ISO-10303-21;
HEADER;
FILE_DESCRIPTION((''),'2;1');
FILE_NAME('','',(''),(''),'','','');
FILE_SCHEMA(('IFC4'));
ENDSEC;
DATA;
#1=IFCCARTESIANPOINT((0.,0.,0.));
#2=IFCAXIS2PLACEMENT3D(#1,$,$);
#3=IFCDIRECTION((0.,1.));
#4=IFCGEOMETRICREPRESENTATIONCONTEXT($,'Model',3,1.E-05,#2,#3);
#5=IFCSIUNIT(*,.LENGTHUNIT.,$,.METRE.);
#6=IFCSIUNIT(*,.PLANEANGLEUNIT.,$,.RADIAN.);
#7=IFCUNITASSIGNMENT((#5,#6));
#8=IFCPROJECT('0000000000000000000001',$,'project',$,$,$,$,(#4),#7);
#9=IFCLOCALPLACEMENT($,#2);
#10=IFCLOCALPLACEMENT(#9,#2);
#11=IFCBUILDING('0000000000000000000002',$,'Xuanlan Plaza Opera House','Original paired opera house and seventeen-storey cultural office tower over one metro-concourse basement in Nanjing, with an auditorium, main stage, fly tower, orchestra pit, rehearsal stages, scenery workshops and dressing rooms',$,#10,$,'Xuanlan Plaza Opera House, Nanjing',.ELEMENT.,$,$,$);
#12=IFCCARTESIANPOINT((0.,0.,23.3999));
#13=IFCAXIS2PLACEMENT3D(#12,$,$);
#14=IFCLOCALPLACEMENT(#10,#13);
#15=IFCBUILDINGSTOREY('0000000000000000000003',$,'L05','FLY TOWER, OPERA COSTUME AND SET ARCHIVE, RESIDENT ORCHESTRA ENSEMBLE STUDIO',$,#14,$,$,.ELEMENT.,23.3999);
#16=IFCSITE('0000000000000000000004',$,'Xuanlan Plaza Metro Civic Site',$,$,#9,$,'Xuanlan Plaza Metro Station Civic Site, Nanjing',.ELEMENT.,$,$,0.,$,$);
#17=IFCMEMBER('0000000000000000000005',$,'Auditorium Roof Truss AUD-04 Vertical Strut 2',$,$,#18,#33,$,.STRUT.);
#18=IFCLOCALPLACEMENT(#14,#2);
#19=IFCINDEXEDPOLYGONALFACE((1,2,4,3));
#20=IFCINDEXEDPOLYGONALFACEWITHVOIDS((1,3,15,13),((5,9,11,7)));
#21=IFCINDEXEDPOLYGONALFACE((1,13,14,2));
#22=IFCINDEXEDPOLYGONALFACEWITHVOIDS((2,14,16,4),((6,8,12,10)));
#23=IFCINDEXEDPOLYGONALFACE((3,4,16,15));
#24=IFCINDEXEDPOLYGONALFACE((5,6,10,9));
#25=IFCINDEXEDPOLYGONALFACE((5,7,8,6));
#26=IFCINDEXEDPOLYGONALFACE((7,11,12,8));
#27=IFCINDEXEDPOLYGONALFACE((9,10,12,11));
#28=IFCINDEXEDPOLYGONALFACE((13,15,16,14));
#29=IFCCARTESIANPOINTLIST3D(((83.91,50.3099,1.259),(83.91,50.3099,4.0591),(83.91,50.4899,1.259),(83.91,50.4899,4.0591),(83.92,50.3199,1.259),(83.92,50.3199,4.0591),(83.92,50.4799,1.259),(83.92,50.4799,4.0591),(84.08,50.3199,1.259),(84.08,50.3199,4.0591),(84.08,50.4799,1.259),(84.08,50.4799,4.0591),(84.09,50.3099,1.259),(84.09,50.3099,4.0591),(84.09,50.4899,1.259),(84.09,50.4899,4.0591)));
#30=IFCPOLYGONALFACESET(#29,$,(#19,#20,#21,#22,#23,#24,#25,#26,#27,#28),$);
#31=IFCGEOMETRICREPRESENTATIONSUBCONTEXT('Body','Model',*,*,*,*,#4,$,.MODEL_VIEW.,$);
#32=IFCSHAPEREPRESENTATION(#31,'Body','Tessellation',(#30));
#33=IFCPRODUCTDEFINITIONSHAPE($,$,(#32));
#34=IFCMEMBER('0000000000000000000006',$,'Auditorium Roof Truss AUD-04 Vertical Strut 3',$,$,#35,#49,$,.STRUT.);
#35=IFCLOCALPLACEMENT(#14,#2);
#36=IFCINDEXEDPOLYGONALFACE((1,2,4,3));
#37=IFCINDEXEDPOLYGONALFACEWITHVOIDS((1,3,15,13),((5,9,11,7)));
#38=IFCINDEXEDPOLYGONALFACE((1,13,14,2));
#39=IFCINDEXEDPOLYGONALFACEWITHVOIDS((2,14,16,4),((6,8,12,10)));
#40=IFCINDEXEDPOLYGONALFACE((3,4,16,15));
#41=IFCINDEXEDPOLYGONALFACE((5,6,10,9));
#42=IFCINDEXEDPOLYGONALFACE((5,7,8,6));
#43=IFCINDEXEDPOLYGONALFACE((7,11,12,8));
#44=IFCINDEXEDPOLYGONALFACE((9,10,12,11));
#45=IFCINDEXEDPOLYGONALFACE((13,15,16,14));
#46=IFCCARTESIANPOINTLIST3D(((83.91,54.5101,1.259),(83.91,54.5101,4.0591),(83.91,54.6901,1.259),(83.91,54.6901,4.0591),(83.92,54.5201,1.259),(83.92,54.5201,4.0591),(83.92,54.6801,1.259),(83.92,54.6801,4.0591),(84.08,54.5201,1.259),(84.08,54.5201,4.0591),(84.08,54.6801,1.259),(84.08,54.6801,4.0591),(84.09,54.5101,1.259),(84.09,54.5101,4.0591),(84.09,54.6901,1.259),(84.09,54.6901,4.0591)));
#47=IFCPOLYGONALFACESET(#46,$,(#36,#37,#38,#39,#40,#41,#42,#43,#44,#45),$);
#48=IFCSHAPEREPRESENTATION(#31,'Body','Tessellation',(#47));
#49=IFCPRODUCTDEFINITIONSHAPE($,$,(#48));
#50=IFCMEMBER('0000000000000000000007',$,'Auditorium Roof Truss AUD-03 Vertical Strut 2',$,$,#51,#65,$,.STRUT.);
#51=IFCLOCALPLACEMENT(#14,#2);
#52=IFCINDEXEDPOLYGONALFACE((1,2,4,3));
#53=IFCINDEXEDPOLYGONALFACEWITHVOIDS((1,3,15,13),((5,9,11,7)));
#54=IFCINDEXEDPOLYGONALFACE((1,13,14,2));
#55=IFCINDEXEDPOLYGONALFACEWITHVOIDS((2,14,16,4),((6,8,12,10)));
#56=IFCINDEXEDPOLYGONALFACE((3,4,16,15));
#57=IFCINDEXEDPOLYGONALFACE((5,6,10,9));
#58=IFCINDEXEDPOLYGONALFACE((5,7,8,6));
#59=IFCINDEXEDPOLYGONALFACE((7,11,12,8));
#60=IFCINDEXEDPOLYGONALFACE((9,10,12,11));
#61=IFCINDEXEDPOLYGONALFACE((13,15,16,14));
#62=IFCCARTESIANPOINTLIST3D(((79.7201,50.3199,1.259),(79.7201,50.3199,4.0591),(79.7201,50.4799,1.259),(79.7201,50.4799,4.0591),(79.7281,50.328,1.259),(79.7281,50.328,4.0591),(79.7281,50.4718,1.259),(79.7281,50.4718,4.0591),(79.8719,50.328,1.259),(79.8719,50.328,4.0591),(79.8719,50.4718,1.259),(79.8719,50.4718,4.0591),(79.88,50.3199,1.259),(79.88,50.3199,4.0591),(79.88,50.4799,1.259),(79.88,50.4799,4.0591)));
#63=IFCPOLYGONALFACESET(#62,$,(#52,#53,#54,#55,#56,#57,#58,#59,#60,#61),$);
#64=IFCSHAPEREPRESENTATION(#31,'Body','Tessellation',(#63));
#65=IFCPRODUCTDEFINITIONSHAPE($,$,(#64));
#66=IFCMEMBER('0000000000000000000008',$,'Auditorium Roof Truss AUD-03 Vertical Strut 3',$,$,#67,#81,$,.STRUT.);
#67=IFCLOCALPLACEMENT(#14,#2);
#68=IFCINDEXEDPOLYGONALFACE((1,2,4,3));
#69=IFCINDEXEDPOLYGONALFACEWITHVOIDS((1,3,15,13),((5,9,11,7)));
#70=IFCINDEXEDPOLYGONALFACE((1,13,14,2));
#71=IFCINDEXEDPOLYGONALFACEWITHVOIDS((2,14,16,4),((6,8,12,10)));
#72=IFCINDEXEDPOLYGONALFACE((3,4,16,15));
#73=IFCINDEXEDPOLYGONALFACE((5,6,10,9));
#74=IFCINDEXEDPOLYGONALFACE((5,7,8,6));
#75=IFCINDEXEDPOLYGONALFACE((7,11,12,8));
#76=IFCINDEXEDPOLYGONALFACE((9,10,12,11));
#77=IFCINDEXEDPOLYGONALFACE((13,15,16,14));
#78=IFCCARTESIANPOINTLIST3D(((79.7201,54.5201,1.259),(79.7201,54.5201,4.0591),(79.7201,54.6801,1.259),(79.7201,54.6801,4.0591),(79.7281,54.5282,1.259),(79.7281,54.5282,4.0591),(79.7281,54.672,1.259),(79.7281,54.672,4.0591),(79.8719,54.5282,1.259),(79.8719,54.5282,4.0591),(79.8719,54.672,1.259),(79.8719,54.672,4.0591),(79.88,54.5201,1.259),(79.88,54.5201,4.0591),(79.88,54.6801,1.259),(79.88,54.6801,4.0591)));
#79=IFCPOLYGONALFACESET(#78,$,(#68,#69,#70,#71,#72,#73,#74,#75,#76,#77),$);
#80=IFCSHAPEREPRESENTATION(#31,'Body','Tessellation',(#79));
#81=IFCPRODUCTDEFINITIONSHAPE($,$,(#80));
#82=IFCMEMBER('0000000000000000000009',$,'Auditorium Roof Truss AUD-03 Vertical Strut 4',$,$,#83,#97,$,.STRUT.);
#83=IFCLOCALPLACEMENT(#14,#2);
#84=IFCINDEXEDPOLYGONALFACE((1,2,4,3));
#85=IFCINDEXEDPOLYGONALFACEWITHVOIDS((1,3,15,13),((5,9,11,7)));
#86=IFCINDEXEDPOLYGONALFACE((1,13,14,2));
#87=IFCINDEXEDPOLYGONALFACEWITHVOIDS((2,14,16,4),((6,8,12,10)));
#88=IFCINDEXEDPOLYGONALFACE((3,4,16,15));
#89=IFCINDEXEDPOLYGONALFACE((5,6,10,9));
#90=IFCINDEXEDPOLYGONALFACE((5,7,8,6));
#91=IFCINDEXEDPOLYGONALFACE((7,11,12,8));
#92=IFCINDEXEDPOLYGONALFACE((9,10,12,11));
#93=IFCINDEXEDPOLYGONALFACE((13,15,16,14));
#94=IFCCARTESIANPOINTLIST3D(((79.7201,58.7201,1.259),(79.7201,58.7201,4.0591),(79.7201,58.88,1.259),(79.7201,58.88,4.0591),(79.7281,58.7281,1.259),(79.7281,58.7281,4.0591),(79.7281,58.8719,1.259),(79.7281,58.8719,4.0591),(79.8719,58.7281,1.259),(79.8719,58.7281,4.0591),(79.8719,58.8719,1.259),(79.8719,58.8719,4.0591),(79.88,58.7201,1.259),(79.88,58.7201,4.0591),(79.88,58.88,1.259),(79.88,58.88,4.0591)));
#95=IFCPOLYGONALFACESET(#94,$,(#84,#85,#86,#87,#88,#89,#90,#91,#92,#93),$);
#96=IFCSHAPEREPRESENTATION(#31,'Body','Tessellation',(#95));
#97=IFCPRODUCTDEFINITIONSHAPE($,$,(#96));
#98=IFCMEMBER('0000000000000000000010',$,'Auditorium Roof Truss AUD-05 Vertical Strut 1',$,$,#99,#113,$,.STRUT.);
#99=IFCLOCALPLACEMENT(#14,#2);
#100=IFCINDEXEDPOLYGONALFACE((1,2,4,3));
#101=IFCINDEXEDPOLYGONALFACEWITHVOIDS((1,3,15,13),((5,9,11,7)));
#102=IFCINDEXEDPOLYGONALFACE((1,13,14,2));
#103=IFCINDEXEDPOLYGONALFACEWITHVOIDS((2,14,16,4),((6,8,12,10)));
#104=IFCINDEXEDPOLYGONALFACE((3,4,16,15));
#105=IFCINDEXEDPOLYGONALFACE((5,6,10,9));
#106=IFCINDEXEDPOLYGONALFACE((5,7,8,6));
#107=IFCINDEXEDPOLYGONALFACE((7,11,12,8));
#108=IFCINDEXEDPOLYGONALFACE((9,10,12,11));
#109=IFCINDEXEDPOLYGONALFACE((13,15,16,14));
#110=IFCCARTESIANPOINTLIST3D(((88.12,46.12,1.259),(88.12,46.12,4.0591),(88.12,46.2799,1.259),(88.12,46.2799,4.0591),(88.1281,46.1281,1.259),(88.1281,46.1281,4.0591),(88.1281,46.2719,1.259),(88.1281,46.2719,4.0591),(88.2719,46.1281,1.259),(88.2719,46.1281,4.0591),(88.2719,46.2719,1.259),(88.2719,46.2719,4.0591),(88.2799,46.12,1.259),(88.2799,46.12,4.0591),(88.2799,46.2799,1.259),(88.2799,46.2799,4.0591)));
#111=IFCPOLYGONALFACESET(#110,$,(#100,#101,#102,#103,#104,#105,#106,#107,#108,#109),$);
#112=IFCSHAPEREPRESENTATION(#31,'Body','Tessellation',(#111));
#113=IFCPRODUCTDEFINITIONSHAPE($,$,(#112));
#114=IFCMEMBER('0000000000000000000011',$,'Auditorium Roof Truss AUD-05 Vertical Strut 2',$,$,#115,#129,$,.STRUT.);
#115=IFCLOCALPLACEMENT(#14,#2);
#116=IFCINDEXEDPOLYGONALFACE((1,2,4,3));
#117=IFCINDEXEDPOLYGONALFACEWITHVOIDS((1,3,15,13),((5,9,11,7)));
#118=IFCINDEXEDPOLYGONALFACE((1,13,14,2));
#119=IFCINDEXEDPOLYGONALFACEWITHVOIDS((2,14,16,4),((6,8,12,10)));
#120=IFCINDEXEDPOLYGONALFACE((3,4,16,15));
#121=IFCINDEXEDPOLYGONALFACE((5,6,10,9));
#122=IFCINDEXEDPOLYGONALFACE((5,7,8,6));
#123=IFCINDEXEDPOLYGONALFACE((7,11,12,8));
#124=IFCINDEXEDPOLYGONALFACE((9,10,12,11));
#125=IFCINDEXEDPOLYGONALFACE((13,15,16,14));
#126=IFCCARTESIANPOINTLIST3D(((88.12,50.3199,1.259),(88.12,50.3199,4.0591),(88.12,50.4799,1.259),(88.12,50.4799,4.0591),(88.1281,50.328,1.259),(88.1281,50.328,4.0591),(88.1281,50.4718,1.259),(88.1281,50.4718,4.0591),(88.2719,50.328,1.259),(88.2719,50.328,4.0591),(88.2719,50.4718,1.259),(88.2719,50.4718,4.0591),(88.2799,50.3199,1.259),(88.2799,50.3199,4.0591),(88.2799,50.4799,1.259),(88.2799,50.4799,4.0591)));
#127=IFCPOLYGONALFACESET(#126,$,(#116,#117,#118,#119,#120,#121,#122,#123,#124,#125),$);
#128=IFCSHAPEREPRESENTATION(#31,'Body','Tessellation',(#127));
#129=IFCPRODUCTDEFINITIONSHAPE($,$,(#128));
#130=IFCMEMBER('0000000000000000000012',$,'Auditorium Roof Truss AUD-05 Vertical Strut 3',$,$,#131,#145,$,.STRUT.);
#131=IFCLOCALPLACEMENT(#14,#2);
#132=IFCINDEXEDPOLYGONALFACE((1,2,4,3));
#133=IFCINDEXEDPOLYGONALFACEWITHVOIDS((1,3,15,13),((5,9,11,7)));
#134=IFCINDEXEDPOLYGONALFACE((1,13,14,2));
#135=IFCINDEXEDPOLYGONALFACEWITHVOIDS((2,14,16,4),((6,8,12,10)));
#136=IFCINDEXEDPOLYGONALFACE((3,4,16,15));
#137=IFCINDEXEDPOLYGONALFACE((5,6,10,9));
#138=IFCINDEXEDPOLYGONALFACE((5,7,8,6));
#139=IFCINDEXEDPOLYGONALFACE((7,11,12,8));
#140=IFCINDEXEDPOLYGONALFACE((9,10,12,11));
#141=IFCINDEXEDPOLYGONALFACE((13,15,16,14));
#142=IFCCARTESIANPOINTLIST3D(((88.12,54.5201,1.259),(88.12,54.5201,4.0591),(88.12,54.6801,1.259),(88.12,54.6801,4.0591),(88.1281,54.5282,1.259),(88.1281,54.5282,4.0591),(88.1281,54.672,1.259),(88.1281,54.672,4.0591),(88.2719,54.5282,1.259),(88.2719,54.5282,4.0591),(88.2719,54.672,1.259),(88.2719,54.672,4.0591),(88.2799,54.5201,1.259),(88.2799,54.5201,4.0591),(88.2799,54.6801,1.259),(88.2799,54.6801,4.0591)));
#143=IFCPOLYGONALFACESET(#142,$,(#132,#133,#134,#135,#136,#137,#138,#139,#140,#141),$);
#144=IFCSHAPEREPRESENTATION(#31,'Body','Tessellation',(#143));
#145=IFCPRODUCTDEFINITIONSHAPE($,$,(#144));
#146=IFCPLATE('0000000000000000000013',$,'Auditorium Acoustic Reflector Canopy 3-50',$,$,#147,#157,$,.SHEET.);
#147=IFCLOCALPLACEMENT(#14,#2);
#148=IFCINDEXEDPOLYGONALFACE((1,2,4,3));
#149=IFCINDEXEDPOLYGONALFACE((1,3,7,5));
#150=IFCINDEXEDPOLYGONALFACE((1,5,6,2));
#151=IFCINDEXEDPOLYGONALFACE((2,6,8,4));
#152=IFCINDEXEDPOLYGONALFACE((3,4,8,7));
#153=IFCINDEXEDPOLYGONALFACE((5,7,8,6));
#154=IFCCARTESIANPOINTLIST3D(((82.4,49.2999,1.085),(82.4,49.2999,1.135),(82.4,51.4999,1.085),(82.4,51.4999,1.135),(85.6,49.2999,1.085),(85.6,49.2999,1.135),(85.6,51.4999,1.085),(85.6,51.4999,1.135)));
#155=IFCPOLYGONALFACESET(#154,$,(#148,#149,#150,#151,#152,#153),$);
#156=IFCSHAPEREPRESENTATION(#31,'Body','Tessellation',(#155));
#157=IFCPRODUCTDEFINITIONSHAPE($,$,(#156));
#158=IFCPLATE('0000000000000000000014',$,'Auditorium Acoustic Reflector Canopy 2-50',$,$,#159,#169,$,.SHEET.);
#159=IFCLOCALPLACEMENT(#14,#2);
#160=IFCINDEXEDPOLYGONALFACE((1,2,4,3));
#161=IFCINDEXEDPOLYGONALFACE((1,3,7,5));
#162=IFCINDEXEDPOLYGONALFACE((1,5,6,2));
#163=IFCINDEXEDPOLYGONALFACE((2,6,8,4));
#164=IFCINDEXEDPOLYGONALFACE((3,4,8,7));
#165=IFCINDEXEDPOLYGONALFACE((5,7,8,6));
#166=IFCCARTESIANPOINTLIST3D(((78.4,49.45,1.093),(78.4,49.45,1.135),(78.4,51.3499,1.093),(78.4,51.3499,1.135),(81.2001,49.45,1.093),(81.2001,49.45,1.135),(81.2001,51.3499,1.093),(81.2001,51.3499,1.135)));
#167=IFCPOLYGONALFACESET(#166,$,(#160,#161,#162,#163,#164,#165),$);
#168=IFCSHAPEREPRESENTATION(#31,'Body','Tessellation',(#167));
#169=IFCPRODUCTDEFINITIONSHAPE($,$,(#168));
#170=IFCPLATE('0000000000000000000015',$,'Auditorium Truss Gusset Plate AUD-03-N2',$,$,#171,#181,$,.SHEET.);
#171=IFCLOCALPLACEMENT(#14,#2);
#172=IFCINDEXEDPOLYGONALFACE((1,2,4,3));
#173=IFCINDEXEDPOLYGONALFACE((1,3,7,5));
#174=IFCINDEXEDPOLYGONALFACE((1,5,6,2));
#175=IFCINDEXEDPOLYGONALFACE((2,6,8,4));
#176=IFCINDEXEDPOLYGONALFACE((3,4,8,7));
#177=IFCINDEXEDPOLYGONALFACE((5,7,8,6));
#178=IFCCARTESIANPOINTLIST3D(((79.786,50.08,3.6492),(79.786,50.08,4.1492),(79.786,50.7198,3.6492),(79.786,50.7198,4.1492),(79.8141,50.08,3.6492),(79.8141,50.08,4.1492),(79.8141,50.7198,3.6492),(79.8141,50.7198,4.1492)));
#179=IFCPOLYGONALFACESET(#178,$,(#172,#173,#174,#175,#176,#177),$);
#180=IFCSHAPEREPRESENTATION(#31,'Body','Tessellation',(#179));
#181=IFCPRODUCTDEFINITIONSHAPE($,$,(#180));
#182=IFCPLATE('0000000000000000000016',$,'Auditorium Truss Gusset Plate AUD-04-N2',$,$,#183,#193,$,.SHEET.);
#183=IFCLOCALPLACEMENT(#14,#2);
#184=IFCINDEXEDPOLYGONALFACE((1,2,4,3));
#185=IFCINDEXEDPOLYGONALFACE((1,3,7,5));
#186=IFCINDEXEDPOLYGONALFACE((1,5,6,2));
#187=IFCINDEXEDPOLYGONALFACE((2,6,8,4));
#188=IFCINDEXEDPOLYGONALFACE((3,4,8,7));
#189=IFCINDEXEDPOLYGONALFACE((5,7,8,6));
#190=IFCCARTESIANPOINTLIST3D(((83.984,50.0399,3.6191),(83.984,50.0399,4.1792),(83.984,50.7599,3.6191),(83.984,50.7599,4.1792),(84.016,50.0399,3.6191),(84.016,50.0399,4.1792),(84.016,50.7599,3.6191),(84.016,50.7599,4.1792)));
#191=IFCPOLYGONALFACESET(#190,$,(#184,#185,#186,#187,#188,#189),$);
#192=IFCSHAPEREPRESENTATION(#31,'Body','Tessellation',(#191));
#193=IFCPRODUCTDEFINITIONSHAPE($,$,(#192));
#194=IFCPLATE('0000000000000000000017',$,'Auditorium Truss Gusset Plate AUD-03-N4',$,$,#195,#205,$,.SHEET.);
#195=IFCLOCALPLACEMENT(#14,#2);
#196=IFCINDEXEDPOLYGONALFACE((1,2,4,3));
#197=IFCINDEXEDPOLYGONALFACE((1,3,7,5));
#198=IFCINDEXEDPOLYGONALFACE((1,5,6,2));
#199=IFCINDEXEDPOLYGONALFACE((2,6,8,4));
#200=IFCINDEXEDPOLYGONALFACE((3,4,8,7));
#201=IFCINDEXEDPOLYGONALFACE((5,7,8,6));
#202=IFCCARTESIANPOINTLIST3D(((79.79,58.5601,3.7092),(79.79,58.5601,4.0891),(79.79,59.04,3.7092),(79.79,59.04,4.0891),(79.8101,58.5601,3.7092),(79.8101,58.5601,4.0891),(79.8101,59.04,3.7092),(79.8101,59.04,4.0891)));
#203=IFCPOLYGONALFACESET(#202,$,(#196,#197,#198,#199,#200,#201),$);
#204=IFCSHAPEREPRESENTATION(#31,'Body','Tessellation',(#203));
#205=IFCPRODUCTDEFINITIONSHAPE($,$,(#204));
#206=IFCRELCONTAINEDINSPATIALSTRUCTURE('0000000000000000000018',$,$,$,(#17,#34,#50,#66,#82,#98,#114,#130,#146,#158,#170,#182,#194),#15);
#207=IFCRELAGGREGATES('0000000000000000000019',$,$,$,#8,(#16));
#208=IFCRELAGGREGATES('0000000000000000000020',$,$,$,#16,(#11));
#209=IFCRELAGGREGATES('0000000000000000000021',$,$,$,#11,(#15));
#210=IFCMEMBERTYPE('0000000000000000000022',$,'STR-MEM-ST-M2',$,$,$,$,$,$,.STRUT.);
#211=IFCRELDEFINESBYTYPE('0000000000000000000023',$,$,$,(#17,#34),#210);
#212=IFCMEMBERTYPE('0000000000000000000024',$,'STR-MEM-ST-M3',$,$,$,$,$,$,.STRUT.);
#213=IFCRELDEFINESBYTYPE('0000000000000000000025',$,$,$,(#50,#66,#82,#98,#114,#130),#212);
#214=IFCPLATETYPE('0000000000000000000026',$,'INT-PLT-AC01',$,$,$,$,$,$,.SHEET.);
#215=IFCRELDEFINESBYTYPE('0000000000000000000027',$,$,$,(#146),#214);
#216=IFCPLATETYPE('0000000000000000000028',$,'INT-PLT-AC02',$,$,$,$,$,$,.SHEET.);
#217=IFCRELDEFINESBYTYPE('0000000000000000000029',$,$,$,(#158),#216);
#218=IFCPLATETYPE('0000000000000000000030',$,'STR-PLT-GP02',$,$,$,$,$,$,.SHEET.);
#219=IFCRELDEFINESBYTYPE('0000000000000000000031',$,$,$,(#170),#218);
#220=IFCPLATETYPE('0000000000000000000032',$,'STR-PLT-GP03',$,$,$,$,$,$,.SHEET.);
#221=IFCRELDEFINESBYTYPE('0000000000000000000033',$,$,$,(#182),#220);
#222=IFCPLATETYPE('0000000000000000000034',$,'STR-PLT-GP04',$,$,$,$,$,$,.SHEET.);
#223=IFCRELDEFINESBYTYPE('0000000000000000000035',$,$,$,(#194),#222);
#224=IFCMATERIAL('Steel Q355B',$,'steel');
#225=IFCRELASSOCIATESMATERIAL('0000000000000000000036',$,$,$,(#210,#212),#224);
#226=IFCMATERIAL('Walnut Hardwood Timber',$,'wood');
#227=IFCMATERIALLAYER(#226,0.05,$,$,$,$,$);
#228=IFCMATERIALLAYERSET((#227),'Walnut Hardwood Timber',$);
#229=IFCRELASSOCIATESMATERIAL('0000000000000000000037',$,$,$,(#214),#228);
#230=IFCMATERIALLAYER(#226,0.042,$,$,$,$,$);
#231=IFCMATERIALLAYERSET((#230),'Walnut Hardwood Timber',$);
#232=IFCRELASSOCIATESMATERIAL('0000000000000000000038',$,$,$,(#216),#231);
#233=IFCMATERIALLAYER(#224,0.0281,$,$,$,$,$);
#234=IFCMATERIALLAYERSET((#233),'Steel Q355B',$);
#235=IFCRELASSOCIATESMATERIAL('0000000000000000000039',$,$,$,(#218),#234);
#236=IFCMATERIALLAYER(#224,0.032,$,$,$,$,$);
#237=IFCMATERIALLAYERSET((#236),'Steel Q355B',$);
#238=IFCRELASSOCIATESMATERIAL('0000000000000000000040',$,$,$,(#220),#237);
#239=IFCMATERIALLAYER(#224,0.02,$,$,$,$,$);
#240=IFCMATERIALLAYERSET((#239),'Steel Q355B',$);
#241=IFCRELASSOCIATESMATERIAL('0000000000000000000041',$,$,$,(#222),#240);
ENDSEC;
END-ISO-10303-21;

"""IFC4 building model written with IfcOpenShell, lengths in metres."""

from ifc_helpers import new_model, si_unit, direction, frame, origin, origin_2d, place, context, subcontext, project, spatial, rectangle, hollow_rectangle, extrude, material, layer, layer_set, material_profile, profile_set, type_object, element, save


model = new_model("IFC4")

# Units and contexts
model_context = context("Model", 3, precision=1e-05, world=origin(), true_north=direction((0.0, 1.0)))
body_context = subcontext(model_context, "Body", "Model", "MODEL_VIEW")
ifc_project = project(units=[si_unit("LENGTHUNIT", "METRE"), si_unit("PLANEANGLEUNIT", "RADIAN")], contexts=[model_context])

# Site, building, storey
site_placement = place(None, origin())
site = spatial("IfcSite", under=ifc_project, at=site_placement, Name="Xuanlan Plaza Metro Civic Site", LongName="Xuanlan Plaza Metro Station Civic Site, Nanjing", CompositionType="ELEMENT", RefElevation=0.0)
building_placement = place(site_placement, origin())
building = spatial("IfcBuilding", under=site, at=building_placement, Name="Xuanlan Plaza Opera House", Description="Original paired opera house and seventeen-storey cultural office tower over one metro-concourse basement in Nanjing, with an auditorium, main stage, fly tower, orchestra pit, rehearsal stages, scenery workshops and dressing rooms", LongName="Xuanlan Plaza Opera House, Nanjing", CompositionType="ELEMENT")
storey_placement = place(building_placement, frame((0.0, 0.0, 23.3999)))
storey = spatial("IfcBuildingStorey", under=building, at=storey_placement, Name="L05", Description="FLY TOWER, OPERA COSTUME AND SET ARCHIVE, RESIDENT ORCHESTRA ENSEMBLE STUDIO", CompositionType="ELEMENT", Elevation=23.3999)

# Shared definitions
ifc_material_1 = material(Name="Steel Q355B", Category="steel")

# Members
ifc_material_profile_1 = material_profile(ifc_material_1, hollow_rectangle(XDim=0.1799, YDim=0.1799, WallThickness=0.01, at=origin_2d()), Name="SHS 180x180x10")
ifc_profile_set_1 = profile_set([ifc_material_profile_1], Name="Steel Q355B")
member_type_1 = type_object("IfcMemberType", Name="STR-MEM-ST-M2", PredefinedType="STRUT", material=ifc_profile_set_1)
for number, where, z_axis, x_axis, name in (
    (1, (84.0, 50.3999, 1.259), (0.0, 0.0, 1.0), (1.0, 0.0, 0.0), "Auditorium Roof Truss AUD-04 Vertical Strut 2"),
    (2, (84.0, 54.6001, 1.259), (0.0, 0.0, 1.0), (1.0, 0.0, 0.0), "Auditorium Roof Truss AUD-04 Vertical Strut 3"),
):
    element("IfcMember", number, at=place(storey_placement, frame(where, z_axis=z_axis, x_axis=x_axis)), inside=storey, type_object=member_type_1, Name=name, PredefinedType="STRUT", context=body_context, shape_type="SweptSolid", body=[
        extrude(hollow_rectangle(XDim=0.1799, YDim=0.1799, WallThickness=0.01, at=origin_2d()), origin(), (0.0, 0.0, 1.0), 2.8),
    ])
ifc_material_profile_2 = material_profile(ifc_material_1, hollow_rectangle(XDim=0.1599, YDim=0.1599, WallThickness=0.0081, at=origin_2d()), Name="SHS 160x160x8")
ifc_profile_set_2 = profile_set([ifc_material_profile_2], Name="Steel Q355B")
member_type_2 = type_object("IfcMemberType", Name="STR-MEM-ST-M3", PredefinedType="STRUT", material=ifc_profile_set_2)
for number, where, z_axis, x_axis, name in (
    (3, (79.8, 50.3999, 1.259), (0.0, 0.0, 1.0), (1.0, 0.0, 0.0), "Auditorium Roof Truss AUD-03 Vertical Strut 2"),
    (4, (79.8, 54.6001, 1.259), (0.0, 0.0, 1.0), (1.0, 0.0, 0.0), "Auditorium Roof Truss AUD-03 Vertical Strut 3"),
    (5, (79.8, 58.8, 1.259), (0.0, 0.0, 1.0), (1.0, 0.0, 0.0), "Auditorium Roof Truss AUD-03 Vertical Strut 4"),
    (6, (88.2, 46.2, 1.259), (0.0, 0.0, 1.0), (1.0, 0.0, 0.0), "Auditorium Roof Truss AUD-05 Vertical Strut 1"),
    (7, (88.2, 50.3999, 1.259), (0.0, 0.0, 1.0), (1.0, 0.0, 0.0), "Auditorium Roof Truss AUD-05 Vertical Strut 2"),
    (8, (88.2, 54.6001, 1.259), (0.0, 0.0, 1.0), (1.0, 0.0, 0.0), "Auditorium Roof Truss AUD-05 Vertical Strut 3"),
):
    element("IfcMember", number, at=place(storey_placement, frame(where, z_axis=z_axis, x_axis=x_axis)), inside=storey, type_object=member_type_2, Name=name, PredefinedType="STRUT", context=body_context, shape_type="SweptSolid", body=[
        extrude(hollow_rectangle(XDim=0.1599, YDim=0.1599, WallThickness=0.0081, at=origin_2d()), origin(), (0.0, 0.0, 1.0), 2.8),
    ])

# Plates
ifc_material_2 = material(Name="Walnut Hardwood Timber", Category="wood")
ifc_layer_1 = layer(ifc_material_2, 0.05)
ifc_layer_set_1 = layer_set([ifc_layer_1], Name="Walnut Hardwood Timber")
plate_type_1 = type_object("IfcPlateType", Name="INT-PLT-AC01", PredefinedType="SHEET", material=ifc_layer_set_1)
plate_1_placement = place(storey_placement, frame((84.0, 50.3999, 1.085), z_axis=(0.0, 0.0, 1.0), x_axis=(1.0, 0.0, 0.0)))
element("IfcPlate", 9, at=plate_1_placement, inside=storey, type_object=plate_type_1, Name="Auditorium Acoustic Reflector Canopy 3-50", PredefinedType="SHEET", context=body_context, shape_type="SweptSolid", body=[
    extrude(rectangle(XDim=3.2, YDim=2.2, at=origin_2d()), origin(), (0.0, 0.0, 1.0), 0.05),
])
ifc_layer_2 = layer(ifc_material_2, 0.042)
ifc_layer_set_2 = layer_set([ifc_layer_2], Name="Walnut Hardwood Timber")
plate_type_2 = type_object("IfcPlateType", Name="INT-PLT-AC02", PredefinedType="SHEET", material=ifc_layer_set_2)
plate_2_placement = place(storey_placement, frame((79.8, 50.3999, 1.093), z_axis=(0.0, 0.0, 1.0), x_axis=(1.0, 0.0, 0.0)))
element("IfcPlate", 10, at=plate_2_placement, inside=storey, type_object=plate_type_2, Name="Auditorium Acoustic Reflector Canopy 2-50", PredefinedType="SHEET", context=body_context, shape_type="SweptSolid", body=[
    extrude(rectangle(XDim=2.8, YDim=1.8999, at=origin_2d()), origin(), (0.0, 0.0, 1.0), 0.042),
])
ifc_layer_3 = layer(ifc_material_1, 0.0281)
ifc_layer_set_3 = layer_set([ifc_layer_3], Name="Steel Q355B")
plate_type_3 = type_object("IfcPlateType", Name="STR-PLT-GP02", PredefinedType="SHEET", material=ifc_layer_set_3)
plate_3_placement = place(storey_placement, frame((79.8, 50.3999, 3.6492), z_axis=(0.0, 0.0, 1.0), x_axis=(1.0, 0.0, 0.0)))
element("IfcPlate", 11, at=plate_3_placement, inside=storey, type_object=plate_type_3, Name="Auditorium Truss Gusset Plate AUD-03-N2", PredefinedType="SHEET", context=body_context, shape_type="SweptSolid", body=[
    extrude(rectangle(XDim=0.0281, YDim=0.6399, at=origin_2d()), origin(), (0.0, 0.0, 1.0), 0.5),
])
ifc_layer_4 = layer(ifc_material_1, 0.032)
ifc_layer_set_4 = layer_set([ifc_layer_4], Name="Steel Q355B")
plate_type_4 = type_object("IfcPlateType", Name="STR-PLT-GP03", PredefinedType="SHEET", material=ifc_layer_set_4)
plate_4_placement = place(storey_placement, frame((84.0, 50.3999, 3.6191), z_axis=(0.0, 0.0, 1.0), x_axis=(1.0, 0.0, 0.0)))
element("IfcPlate", 12, at=plate_4_placement, inside=storey, type_object=plate_type_4, Name="Auditorium Truss Gusset Plate AUD-04-N2", PredefinedType="SHEET", context=body_context, shape_type="SweptSolid", body=[
    extrude(rectangle(XDim=0.032, YDim=0.72, at=origin_2d()), origin(), (0.0, 0.0, 1.0), 0.5601),
])
ifc_layer_5 = layer(ifc_material_1, 0.02)
ifc_layer_set_5 = layer_set([ifc_layer_5], Name="Steel Q355B")
plate_type_5 = type_object("IfcPlateType", Name="STR-PLT-GP04", PredefinedType="SHEET", material=ifc_layer_set_5)
for number, where, z_axis, x_axis, name in (
    (13, (79.8, 58.8, 3.7092), (0.0, 0.0, 1.0), (1.0, 0.0, 0.0), "Auditorium Truss Gusset Plate AUD-03-N4"),
):
    element("IfcPlate", number, at=place(storey_placement, frame(where, z_axis=z_axis, x_axis=x_axis)), inside=storey, type_object=plate_type_5, Name=name, PredefinedType="SHEET", context=body_context, shape_type="SweptSolid", body=[
        extrude(rectangle(XDim=0.02, YDim=0.48, at=origin_2d()), origin(), (0.0, 0.0, 1.0), 0.3799),
    ])

save(model, "model.ifc")
